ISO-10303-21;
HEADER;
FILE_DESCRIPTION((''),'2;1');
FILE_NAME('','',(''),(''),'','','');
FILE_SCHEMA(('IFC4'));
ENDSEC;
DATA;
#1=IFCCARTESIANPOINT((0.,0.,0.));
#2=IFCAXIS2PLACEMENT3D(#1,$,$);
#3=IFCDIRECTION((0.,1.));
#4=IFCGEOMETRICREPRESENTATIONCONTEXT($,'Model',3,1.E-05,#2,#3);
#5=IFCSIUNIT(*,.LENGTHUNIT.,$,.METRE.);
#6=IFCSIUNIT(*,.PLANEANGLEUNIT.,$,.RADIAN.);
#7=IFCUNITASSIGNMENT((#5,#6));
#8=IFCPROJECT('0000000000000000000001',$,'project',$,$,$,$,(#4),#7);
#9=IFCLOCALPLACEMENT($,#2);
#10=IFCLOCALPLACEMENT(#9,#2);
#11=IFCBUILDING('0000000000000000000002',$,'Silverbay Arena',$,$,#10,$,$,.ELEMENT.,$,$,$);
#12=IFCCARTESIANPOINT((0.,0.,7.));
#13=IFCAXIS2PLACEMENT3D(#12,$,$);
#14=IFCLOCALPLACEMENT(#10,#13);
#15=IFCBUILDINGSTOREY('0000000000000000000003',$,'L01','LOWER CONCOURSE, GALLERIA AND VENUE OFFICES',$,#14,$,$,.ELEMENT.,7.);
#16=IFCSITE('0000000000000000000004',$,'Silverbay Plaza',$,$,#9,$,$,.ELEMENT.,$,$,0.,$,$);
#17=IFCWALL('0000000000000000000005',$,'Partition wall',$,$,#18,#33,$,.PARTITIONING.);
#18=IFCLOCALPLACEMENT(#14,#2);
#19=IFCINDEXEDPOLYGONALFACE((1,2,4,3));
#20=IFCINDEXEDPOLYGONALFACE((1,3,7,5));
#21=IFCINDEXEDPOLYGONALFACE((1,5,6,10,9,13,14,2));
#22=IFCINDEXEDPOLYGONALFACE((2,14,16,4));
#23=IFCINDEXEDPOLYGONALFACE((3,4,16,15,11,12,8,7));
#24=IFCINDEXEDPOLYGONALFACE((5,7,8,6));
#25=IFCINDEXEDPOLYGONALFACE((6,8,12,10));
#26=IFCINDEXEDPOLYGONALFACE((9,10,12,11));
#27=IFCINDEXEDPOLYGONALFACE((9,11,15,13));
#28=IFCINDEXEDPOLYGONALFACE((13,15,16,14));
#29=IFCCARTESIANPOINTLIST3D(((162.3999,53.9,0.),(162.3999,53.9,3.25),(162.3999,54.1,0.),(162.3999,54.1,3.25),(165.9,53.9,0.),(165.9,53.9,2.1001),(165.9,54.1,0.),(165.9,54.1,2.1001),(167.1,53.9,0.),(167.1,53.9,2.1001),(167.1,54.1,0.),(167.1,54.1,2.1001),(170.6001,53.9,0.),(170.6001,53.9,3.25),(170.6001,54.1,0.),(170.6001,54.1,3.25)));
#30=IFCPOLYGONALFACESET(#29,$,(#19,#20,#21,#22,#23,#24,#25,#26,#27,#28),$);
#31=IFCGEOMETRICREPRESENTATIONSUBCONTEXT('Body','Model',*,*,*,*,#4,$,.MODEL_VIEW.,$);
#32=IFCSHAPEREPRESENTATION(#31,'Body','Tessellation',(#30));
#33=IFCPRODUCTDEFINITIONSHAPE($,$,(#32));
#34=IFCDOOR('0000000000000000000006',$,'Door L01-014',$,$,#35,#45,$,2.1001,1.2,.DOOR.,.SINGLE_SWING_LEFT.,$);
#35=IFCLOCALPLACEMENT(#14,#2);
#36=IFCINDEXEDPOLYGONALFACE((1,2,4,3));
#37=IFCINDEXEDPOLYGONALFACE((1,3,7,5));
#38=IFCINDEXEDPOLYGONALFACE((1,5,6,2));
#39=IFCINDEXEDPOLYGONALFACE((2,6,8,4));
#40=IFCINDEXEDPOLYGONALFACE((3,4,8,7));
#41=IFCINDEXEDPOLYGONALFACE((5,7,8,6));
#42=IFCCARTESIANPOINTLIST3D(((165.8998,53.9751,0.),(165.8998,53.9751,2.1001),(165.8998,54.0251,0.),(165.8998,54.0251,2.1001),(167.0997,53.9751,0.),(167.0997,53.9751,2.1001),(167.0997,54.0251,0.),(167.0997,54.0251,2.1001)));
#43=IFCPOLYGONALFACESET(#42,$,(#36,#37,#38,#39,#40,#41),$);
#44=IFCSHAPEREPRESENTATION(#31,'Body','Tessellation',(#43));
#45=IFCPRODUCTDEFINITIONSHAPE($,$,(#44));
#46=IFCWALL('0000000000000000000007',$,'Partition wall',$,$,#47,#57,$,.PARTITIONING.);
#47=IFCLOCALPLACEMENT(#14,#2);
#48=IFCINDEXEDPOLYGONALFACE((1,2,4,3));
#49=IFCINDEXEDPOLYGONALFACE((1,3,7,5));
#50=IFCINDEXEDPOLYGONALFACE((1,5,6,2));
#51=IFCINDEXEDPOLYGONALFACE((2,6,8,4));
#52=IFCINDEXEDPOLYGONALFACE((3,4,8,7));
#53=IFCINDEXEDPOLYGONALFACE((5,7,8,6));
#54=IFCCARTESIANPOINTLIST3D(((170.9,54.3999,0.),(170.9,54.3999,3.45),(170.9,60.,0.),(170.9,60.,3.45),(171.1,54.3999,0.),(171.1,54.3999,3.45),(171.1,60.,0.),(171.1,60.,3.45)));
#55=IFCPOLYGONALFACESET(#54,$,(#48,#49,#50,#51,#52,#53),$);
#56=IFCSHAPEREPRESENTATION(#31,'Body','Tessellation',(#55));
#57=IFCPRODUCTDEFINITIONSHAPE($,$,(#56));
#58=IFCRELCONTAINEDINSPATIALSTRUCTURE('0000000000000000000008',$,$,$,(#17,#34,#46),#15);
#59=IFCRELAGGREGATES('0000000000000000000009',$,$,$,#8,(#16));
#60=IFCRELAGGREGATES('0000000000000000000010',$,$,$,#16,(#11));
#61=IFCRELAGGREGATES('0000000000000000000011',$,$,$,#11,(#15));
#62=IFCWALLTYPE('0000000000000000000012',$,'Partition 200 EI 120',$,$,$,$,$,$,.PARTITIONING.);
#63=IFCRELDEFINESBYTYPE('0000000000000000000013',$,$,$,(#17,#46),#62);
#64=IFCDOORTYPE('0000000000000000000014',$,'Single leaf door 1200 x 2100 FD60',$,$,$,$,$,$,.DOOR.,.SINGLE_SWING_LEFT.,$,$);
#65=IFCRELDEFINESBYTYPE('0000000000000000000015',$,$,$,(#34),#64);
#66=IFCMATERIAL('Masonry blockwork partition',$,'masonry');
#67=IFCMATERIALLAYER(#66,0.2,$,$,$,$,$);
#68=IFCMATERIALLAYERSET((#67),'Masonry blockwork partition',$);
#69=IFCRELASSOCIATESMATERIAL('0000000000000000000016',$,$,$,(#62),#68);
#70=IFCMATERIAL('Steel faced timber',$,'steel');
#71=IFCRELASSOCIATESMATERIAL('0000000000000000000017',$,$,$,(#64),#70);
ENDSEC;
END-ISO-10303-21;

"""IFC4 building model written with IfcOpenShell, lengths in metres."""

from ifc_helpers import new_model, si_unit, direction, frame, frame_2d, origin, place, context, subcontext, project, spatial, rectangle, extrude, material, layer, layer_set, type_object, element, fill, save


model = new_model("IFC4")

# Units and contexts
model_context = context("Model", 3, precision=1e-05, world=origin(), true_north=direction((0.0, 1.0)))
body_context = subcontext(model_context, "Body", "Model", "MODEL_VIEW")
ifc_project = project(units=[si_unit("LENGTHUNIT", "METRE"), si_unit("PLANEANGLEUNIT", "RADIAN")], contexts=[model_context])

# Site, building, storey
site_placement = place(None, origin())
site = spatial("IfcSite", under=ifc_project, at=site_placement, Name="Silverbay Plaza", CompositionType="ELEMENT", RefElevation=0.0)
building_placement = place(site_placement, origin())
building = spatial("IfcBuilding", under=site, at=building_placement, Name="Silverbay Arena", CompositionType="ELEMENT")
storey_placement = place(building_placement, frame((0.0, 0.0, 7.0)))
storey = spatial("IfcBuildingStorey", under=building, at=storey_placement, Name="L01", Description="LOWER CONCOURSE, GALLERIA AND VENUE OFFICES", CompositionType="ELEMENT", Elevation=7.0)

# Wall, opening, door
ifc_material_1 = material(Name="Masonry blockwork partition", Category="masonry")
ifc_layer_1 = layer(ifc_material_1, 0.2)
ifc_layer_set_1 = layer_set([ifc_layer_1], Name="Masonry blockwork partition")
wall_type_1 = type_object("IfcWallType", Name="Partition 200 EI 120", PredefinedType="PARTITIONING", material=ifc_layer_set_1)
wall_1_placement = place(storey_placement, frame((162.3999, 54.0, 0.0), z_axis=(0.0, 0.0, 1.0), x_axis=(1.0, 0.0, 0.0)))
wall_1 = element("IfcWall", 1, at=wall_1_placement, inside=storey, type_object=wall_type_1, Name="Partition wall", PredefinedType="PARTITIONING", context=body_context, shape_type="SweptSolid", body=[
    extrude(rectangle(XDim=8.2002, YDim=0.2, at=frame_2d((4.1001, 0.0))), origin(), (0.0, 0.0, 1.0), 3.25),
])
opening_placement = place(wall_1_placement, frame((3.5, 0.0, 0.0)))
opening = element("IfcOpeningElement", 2, at=opening_placement, cuts=wall_1, PredefinedType="OPENING", context=body_context, shape_type="SweptSolid", body=[
    extrude(rectangle(XDim=1.2, YDim=2.1001, at=frame_2d((0.6001, 1.05))), frame((0.0, 0.1099, 0.0), z_axis=(0.0, -1.0, 0.0), x_axis=(1.0, 0.0, 0.0)), (0.0, 0.0, 1.0), 0.22),
])
ifc_material_2 = material(Name="Steel faced timber", Category="steel")
door_type = type_object("IfcDoorType", Name="Single leaf door 1200 x 2100 FD60", OperationType="SINGLE_SWING_LEFT", PredefinedType="DOOR", material=ifc_material_2)
door_placement = place(opening_placement, frame((1.2, 0.0, 0.0), z_axis=(0.0, 0.0, 1.0), x_axis=(-1.0, 0.0, 0.0)))
door = element("IfcDoor", 3, at=door_placement, inside=storey, type_object=door_type, Name="Door L01-014", OperationType="SINGLE_SWING_LEFT", OverallHeight=2.1001, OverallWidth=1.2, PredefinedType="DOOR", context=body_context, shape_type="SweptSolid", body=[
    extrude(rectangle(XDim=1.2, YDim=2.1001, at=frame_2d((0.6001, 1.05))), frame((0.0, 0.0249, 0.0), z_axis=(0.0, -1.0, 0.0), x_axis=(1.0, 0.0, 0.0)), (0.0, 0.0, 1.0), 0.05),
])
fill(opening, door)

# Wall
wall_2_placement = place(storey_placement, frame((171.0, 54.3999, 0.0), z_axis=(0.0, 0.0, 1.0), x_axis=(0.0, 1.0, 0.0)))
element("IfcWall", 4, at=wall_2_placement, inside=storey, type_object=wall_type_1, Name="Partition wall", PredefinedType="PARTITIONING", context=body_context, shape_type="SweptSolid", body=[
    extrude(rectangle(XDim=5.6001, YDim=0.2, at=frame_2d((2.8, 0.0))), origin(), (0.0, 0.0, 1.0), 3.45),
])

save(model, "model.ifc")
